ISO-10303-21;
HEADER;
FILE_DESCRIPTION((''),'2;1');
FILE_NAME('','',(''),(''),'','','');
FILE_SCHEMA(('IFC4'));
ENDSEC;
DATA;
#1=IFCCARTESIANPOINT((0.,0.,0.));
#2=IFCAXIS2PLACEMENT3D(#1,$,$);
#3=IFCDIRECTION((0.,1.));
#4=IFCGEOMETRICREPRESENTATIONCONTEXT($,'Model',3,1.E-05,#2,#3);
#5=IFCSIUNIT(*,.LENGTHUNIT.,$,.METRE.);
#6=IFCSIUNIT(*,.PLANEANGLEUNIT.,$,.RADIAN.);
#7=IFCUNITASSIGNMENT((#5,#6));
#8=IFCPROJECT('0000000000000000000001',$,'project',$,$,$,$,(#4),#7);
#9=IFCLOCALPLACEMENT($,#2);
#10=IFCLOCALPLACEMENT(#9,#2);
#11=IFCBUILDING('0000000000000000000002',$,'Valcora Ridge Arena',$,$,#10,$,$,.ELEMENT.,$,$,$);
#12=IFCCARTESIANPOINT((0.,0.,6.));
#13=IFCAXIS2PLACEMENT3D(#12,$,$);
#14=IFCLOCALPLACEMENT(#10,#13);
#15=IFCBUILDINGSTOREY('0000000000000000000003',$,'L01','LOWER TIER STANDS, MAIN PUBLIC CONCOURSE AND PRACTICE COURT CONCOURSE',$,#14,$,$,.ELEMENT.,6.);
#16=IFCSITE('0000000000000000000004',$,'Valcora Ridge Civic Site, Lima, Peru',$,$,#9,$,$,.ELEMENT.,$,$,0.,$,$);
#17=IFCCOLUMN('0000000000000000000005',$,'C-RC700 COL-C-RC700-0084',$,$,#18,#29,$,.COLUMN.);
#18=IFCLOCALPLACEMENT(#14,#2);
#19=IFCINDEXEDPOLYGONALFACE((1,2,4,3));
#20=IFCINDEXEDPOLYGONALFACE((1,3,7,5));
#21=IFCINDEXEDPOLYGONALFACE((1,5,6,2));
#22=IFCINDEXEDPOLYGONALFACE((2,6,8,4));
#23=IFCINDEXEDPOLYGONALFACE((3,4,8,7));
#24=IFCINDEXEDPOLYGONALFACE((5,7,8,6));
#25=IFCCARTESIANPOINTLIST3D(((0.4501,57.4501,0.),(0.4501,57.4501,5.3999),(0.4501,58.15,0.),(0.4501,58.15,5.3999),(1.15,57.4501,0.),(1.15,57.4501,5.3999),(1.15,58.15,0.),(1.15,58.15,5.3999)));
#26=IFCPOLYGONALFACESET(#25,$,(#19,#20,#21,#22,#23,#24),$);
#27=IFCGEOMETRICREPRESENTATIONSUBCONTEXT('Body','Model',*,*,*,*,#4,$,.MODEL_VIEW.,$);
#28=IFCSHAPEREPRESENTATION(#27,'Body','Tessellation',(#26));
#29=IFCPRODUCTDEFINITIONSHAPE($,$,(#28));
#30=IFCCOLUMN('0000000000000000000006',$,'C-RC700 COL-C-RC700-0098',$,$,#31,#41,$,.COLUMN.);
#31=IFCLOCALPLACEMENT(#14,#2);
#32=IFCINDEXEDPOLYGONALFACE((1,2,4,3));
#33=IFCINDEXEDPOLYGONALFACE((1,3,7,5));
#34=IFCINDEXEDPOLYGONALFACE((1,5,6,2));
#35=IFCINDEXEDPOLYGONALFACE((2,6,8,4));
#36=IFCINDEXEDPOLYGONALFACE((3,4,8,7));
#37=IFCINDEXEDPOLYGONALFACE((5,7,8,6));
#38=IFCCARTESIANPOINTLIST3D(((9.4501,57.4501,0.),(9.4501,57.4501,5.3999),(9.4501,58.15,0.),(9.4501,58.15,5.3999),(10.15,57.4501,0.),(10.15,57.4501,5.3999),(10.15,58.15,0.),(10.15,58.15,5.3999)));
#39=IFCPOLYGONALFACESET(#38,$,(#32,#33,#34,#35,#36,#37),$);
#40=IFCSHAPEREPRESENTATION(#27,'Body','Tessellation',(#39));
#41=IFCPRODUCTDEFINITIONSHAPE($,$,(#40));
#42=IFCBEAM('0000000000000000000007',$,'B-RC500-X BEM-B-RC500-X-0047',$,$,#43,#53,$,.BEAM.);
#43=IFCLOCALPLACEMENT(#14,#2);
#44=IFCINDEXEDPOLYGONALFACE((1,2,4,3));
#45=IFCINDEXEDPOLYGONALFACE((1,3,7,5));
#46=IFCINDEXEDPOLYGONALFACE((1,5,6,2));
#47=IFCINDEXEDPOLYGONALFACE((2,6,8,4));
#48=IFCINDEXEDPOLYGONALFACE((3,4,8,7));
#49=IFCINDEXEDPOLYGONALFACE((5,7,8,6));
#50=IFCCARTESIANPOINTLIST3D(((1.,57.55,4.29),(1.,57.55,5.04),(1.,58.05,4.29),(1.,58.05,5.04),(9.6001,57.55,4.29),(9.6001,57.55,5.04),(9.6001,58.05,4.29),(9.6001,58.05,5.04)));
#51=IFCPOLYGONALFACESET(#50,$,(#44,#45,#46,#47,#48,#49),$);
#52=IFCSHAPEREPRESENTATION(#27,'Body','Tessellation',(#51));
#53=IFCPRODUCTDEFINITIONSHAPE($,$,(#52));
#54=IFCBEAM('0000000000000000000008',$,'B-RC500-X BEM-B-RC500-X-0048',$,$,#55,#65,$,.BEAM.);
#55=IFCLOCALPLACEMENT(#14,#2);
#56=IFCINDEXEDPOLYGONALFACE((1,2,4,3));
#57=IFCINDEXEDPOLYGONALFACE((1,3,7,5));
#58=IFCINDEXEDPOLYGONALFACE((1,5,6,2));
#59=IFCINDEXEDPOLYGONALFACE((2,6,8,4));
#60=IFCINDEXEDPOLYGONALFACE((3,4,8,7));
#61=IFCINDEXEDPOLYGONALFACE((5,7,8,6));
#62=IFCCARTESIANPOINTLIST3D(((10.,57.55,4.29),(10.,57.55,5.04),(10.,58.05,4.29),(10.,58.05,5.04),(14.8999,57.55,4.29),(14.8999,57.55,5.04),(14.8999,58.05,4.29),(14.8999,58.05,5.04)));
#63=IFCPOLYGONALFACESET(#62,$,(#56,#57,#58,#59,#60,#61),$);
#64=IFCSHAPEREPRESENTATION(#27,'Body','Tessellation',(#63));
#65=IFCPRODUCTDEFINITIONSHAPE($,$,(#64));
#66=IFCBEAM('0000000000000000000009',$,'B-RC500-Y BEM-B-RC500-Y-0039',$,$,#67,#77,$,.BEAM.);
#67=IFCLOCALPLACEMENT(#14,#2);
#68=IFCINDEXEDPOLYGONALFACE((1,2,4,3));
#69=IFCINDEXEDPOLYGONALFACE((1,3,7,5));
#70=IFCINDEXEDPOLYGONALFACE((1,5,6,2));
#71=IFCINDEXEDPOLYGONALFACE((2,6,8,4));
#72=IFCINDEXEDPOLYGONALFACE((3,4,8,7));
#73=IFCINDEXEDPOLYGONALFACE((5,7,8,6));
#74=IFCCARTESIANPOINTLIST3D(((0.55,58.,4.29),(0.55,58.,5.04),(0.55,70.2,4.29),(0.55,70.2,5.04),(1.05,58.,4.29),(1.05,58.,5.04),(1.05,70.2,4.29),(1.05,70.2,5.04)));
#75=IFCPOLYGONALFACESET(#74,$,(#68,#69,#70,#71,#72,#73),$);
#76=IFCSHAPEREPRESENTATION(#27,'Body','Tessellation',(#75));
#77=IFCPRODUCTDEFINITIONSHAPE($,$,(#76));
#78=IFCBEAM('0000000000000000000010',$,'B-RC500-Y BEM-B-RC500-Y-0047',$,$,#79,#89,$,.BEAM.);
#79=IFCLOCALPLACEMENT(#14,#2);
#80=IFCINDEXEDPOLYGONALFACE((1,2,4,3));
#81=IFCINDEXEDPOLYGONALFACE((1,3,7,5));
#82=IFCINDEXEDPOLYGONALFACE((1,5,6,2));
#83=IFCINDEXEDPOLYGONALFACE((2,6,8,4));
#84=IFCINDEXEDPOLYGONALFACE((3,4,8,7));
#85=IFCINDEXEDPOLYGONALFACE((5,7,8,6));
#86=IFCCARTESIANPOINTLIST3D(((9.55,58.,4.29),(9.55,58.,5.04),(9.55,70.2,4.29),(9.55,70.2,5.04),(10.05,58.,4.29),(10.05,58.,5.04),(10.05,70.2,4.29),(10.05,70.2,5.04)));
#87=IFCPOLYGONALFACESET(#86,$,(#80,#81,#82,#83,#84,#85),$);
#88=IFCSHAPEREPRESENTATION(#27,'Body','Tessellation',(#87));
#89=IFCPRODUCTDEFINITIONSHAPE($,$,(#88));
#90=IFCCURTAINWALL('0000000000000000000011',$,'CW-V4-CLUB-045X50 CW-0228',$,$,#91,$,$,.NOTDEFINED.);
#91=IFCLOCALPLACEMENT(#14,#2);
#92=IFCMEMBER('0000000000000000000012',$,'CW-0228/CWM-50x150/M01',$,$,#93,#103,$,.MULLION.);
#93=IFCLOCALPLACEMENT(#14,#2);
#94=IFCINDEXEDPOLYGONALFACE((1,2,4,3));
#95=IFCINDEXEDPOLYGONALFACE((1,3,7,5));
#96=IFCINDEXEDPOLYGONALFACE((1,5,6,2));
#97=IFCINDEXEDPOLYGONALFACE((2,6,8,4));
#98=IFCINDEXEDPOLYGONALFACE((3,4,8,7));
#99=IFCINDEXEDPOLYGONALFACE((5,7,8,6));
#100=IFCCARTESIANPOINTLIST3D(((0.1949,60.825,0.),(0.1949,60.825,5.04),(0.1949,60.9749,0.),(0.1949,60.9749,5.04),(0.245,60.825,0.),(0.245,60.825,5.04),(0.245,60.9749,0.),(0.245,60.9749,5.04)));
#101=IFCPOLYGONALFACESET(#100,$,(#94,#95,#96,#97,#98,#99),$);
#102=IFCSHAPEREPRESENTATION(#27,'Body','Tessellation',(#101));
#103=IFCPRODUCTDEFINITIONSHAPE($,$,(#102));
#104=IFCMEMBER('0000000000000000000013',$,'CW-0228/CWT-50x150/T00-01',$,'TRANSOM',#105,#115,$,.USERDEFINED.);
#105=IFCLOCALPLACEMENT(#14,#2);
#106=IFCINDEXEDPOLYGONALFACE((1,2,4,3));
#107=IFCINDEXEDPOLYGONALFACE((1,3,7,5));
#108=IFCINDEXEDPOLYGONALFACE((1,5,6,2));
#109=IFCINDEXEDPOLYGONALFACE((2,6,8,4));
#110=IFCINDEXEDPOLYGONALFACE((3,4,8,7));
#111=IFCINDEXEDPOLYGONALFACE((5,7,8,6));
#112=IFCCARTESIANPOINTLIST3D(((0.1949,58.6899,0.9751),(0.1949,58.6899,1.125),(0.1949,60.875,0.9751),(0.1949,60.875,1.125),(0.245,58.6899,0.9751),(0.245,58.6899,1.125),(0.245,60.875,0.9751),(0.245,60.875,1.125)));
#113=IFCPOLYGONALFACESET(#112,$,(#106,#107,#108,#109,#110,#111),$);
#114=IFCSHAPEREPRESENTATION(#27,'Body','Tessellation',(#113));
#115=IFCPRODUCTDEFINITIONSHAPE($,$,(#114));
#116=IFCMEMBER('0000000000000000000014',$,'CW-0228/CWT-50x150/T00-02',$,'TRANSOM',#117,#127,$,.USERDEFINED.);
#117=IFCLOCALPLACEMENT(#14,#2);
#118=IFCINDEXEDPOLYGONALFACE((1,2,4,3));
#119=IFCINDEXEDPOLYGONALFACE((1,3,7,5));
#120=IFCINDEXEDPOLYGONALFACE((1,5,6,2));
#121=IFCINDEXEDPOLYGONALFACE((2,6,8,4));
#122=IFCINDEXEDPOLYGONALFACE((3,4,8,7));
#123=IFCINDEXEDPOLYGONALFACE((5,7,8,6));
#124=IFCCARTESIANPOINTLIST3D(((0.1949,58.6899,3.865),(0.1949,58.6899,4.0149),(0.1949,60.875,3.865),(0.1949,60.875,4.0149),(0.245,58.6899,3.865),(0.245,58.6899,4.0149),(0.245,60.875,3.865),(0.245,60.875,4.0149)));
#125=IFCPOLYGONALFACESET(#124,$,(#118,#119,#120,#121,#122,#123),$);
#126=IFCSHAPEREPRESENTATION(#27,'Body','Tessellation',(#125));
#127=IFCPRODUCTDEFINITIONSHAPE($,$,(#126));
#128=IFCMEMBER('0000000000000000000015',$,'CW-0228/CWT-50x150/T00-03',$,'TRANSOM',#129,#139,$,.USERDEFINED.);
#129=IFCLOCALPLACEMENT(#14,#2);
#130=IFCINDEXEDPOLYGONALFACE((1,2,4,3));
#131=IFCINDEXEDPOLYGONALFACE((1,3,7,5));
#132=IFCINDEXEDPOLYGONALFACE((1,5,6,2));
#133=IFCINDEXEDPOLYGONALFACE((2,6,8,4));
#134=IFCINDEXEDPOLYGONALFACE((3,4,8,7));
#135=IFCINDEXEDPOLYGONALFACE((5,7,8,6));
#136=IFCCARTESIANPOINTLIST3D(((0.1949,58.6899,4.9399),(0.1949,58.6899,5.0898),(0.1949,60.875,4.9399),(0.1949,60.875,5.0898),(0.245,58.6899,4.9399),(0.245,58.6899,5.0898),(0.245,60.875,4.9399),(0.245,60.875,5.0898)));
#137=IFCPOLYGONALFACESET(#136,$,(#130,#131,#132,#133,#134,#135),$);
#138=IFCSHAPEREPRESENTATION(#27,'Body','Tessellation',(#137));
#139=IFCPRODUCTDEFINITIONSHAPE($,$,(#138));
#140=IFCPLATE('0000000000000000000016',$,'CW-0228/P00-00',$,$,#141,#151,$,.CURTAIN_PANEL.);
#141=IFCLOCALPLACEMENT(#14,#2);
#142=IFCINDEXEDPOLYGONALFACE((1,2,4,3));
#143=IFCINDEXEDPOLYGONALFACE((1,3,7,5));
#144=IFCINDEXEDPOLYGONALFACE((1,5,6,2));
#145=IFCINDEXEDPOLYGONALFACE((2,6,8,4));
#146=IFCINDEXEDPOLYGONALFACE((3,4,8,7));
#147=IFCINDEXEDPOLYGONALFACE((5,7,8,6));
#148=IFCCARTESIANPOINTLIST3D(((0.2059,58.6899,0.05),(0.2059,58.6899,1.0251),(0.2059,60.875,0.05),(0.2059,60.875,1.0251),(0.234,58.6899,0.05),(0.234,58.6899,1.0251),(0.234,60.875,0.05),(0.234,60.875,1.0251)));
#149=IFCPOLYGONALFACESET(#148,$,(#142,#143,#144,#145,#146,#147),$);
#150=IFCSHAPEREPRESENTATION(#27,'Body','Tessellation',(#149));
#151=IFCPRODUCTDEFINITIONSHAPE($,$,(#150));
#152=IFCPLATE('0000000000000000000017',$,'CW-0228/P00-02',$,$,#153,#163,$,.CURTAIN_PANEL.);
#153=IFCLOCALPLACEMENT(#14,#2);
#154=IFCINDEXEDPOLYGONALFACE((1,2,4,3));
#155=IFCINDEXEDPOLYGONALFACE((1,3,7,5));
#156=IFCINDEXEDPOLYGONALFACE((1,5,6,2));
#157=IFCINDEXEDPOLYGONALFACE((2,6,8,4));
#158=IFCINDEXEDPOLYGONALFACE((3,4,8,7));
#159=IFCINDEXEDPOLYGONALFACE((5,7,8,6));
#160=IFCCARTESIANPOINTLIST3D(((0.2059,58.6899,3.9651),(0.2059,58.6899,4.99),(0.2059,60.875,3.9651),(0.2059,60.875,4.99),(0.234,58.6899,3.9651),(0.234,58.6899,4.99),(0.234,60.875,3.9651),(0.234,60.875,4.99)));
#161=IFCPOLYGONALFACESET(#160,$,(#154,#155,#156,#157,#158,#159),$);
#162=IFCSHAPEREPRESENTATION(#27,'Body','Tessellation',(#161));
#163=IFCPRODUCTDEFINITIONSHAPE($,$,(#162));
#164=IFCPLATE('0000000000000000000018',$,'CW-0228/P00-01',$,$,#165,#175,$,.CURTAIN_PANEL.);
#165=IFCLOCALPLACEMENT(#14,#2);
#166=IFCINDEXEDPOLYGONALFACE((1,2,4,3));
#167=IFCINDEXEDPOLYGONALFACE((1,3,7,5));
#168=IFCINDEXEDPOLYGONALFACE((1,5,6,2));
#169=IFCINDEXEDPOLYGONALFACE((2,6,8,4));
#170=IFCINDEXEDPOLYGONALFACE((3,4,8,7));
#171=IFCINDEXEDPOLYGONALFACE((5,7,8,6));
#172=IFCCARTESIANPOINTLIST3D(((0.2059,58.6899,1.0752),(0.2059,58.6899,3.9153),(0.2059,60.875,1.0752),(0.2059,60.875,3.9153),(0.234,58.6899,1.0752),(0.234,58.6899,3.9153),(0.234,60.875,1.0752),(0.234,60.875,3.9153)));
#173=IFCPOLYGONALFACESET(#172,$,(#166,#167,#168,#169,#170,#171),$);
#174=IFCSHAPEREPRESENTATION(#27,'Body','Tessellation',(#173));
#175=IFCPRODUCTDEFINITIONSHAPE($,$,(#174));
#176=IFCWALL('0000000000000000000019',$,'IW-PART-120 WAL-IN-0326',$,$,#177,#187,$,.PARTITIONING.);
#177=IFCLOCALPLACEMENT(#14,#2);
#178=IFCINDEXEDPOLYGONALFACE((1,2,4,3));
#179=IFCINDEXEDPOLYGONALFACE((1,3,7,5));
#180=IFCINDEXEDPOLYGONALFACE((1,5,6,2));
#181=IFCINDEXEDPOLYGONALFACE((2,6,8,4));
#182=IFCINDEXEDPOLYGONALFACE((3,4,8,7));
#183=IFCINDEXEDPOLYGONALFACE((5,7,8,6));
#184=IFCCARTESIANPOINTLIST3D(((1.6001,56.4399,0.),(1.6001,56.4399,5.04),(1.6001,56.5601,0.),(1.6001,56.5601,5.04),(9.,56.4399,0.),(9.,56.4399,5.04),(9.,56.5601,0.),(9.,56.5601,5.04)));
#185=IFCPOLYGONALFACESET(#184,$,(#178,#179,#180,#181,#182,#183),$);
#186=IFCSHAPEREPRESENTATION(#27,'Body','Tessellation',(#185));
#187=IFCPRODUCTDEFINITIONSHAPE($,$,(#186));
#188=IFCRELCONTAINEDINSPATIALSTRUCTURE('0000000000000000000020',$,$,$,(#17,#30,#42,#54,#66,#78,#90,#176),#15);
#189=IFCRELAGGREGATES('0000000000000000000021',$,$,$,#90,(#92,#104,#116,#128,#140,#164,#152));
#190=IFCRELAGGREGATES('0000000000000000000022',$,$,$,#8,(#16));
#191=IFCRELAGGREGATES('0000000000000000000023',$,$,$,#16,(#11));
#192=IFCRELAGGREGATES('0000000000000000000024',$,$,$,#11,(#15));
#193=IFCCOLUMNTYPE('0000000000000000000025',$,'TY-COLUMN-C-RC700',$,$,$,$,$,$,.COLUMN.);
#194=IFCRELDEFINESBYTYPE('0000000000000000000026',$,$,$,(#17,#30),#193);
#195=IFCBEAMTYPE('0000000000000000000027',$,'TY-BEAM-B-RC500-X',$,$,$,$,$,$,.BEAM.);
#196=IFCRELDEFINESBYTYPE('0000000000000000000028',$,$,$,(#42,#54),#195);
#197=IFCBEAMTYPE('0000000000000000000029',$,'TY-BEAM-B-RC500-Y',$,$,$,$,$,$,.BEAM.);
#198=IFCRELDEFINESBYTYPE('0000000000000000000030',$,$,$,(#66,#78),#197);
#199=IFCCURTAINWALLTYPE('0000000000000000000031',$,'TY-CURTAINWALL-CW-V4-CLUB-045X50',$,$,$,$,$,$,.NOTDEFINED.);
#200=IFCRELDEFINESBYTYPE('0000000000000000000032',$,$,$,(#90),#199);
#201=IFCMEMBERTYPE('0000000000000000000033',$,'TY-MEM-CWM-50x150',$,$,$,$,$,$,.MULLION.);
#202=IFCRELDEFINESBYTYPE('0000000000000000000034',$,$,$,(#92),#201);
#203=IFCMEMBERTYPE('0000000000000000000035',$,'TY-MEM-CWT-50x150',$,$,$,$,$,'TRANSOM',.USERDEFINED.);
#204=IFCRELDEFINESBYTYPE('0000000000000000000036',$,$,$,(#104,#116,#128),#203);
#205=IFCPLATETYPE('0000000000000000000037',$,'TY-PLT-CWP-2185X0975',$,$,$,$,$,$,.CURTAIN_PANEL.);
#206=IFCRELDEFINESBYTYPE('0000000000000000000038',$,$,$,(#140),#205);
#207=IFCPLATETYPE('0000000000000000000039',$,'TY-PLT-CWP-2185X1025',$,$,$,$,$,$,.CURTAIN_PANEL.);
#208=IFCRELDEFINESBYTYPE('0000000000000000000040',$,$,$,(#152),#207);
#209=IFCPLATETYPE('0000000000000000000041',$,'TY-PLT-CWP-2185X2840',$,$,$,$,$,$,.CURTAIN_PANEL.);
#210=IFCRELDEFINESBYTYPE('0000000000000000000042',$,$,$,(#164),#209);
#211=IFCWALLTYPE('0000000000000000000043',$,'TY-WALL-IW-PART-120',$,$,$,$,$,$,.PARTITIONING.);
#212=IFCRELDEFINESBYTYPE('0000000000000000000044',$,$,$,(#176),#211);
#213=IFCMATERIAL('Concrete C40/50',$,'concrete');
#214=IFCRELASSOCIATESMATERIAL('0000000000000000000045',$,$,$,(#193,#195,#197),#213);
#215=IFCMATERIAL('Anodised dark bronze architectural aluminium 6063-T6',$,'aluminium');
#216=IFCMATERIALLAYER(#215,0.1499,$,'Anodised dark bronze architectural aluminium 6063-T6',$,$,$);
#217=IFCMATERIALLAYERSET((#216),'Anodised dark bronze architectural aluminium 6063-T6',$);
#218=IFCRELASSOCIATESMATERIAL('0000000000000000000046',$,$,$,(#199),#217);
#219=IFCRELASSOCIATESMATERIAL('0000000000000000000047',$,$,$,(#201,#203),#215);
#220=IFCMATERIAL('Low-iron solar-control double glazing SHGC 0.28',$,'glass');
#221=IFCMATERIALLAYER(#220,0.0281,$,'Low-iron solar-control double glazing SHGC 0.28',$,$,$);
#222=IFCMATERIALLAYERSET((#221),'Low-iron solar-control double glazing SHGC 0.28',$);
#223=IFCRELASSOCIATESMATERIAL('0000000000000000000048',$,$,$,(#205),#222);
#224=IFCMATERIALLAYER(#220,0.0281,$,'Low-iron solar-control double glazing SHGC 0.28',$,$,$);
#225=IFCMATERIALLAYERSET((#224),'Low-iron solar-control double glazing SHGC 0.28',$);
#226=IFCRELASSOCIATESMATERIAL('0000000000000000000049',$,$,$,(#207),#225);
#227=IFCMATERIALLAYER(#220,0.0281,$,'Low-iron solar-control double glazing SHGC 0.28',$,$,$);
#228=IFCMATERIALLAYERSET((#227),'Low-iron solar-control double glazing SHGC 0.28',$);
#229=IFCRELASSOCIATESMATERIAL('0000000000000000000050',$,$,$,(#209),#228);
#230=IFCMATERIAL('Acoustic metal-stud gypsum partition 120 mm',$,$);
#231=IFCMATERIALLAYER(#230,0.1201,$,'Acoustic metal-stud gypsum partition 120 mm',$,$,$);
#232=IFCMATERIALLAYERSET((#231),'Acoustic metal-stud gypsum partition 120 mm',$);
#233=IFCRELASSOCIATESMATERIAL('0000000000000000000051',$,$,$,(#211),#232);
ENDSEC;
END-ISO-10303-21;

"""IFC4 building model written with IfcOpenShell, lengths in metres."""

from ifc_helpers import new_model, si_unit, direction, frame, frame_2d, origin, origin_2d, place, context, subcontext, project, spatial, rectangle, extrude, material, layer, layer_set, material_profile, profile_set, type_object, element, aggregate, save


model = new_model("IFC4")

# Units and contexts
model_context = context("Model", 3, precision=1e-05, world=origin(), true_north=direction((0.0, 1.0)))
body_context = subcontext(model_context, "Body", "Model", "MODEL_VIEW")
ifc_project = project(units=[si_unit("LENGTHUNIT", "METRE"), si_unit("PLANEANGLEUNIT", "RADIAN")], contexts=[model_context])

# Site, building, storey
site_placement = place(None, origin())
site = spatial("IfcSite", under=ifc_project, at=site_placement, Name="Valcora Ridge Civic Site, Lima, Peru", CompositionType="ELEMENT", RefElevation=0.0)
building_placement = place(site_placement, origin())
building = spatial("IfcBuilding", under=site, at=building_placement, Name="Valcora Ridge Arena", CompositionType="ELEMENT")
storey_placement = place(building_placement, frame((0.0, 0.0, 6.0)))
storey = spatial("IfcBuildingStorey", under=building, at=storey_placement, Name="L01", Description="LOWER TIER STANDS, MAIN PUBLIC CONCOURSE AND PRACTICE COURT CONCOURSE", CompositionType="ELEMENT", Elevation=6.0)

# Columns
ifc_material_1 = material(Name="Concrete C40/50", Category="concrete")
ifc_material_profile_1 = material_profile(ifc_material_1, rectangle(XDim=0.7, YDim=0.7, at=origin_2d()), Name="RC 700x700")
ifc_profile_set_1 = profile_set([ifc_material_profile_1], Name="Concrete C40/50")
column_type = type_object("IfcColumnType", Name="TY-COLUMN-C-RC700", PredefinedType="COLUMN", material=ifc_profile_set_1)
for number, where, z_axis, x_axis, name in (
    (1, (0.8, 57.8, 0.0), (0.0, 0.0, 1.0), (1.0, 0.0, 0.0), "C-RC700 COL-C-RC700-0084"),
    (2, (9.8, 57.8, 0.0), (0.0, 0.0, 1.0), (1.0, 0.0, 0.0), "C-RC700 COL-C-RC700-0098"),
):
    element("IfcColumn", number, at=place(storey_placement, frame(where, z_axis=z_axis, x_axis=x_axis)), inside=storey, type_object=column_type, Name=name, PredefinedType="COLUMN", context=body_context, shape_type="SweptSolid", body=[
        extrude(rectangle(XDim=0.7, YDim=0.7, at=origin_2d()), origin(), (0.0, 0.0, 1.0), 5.3999),
    ])

# Beams
ifc_material_profile_2 = material_profile(ifc_material_1, rectangle(XDim=0.5, YDim=0.75, at=origin_2d()), Name="RC 500x750")
ifc_profile_set_2 = profile_set([ifc_material_profile_2], Name="Concrete C40/50")
beam_type_1 = type_object("IfcBeamType", Name="TY-BEAM-B-RC500-X", PredefinedType="BEAM", material=ifc_profile_set_2)
beam_1_placement = place(storey_placement, frame((1.0, 57.8, 4.665), z_axis=(1.0, 0.0, 0.0), x_axis=(0.0, 1.0, 0.0)))
element("IfcBeam", 3, at=beam_1_placement, inside=storey, type_object=beam_type_1, Name="B-RC500-X BEM-B-RC500-X-0047", PredefinedType="BEAM", context=body_context, shape_type="SweptSolid", body=[
    extrude(rectangle(XDim=0.5, YDim=0.75, at=origin_2d()), origin(), (0.0, 0.0, 1.0), 8.6001),
])
beam_2_placement = place(storey_placement, frame((10.0, 57.8, 4.665), z_axis=(1.0, 0.0, 0.0), x_axis=(0.0, 1.0, 0.0)))
element("IfcBeam", 4, at=beam_2_placement, inside=storey, type_object=beam_type_1, Name="B-RC500-X BEM-B-RC500-X-0048", PredefinedType="BEAM", context=body_context, shape_type="SweptSolid", body=[
    extrude(rectangle(XDim=0.5, YDim=0.75, at=origin_2d()), origin(), (0.0, 0.0, 1.0), 4.8999),
])
ifc_material_profile_3 = material_profile(ifc_material_1, rectangle(XDim=0.5, YDim=0.75, at=origin_2d()), Name="RC 500x750")
ifc_profile_set_3 = profile_set([ifc_material_profile_3], Name="Concrete C40/50")
beam_type_2 = type_object("IfcBeamType", Name="TY-BEAM-B-RC500-Y", PredefinedType="BEAM", material=ifc_profile_set_3)
for number, where, z_axis, x_axis, name in (
    (5, (0.8, 58.0, 4.665), (0.0, 1.0, 0.0), (-1.0, 0.0, 0.0), "B-RC500-Y BEM-B-RC500-Y-0039"),
    (6, (9.8, 58.0, 4.665), (0.0, 1.0, 0.0), (-1.0, 0.0, 0.0), "B-RC500-Y BEM-B-RC500-Y-0047"),
):
    element("IfcBeam", number, at=place(storey_placement, frame(where, z_axis=z_axis, x_axis=x_axis)), inside=storey, type_object=beam_type_2, Name=name, PredefinedType="BEAM", context=body_context, shape_type="SweptSolid", body=[
        extrude(rectangle(XDim=0.5, YDim=0.75, at=origin_2d()), origin(), (0.0, 0.0, 1.0), 12.2),
    ])

# Curtain wall, members, plates
ifc_material_2 = material(Name="Anodised dark bronze architectural aluminium 6063-T6", Category="aluminium")
ifc_layer_1 = layer(ifc_material_2, 0.1499, Name="Anodised dark bronze architectural aluminium 6063-T6")
ifc_layer_set_1 = layer_set([ifc_layer_1], Name="Anodised dark bronze architectural aluminium 6063-T6")
curtain_wall_type = type_object("IfcCurtainWallType", Name="TY-CURTAINWALL-CW-V4-CLUB-045X50", PredefinedType="NOTDEFINED", material=ifc_layer_set_1)
curtain_wall_placement = place(storey_placement, origin())
curtain_wall = element("IfcCurtainWall", 7, at=curtain_wall_placement, inside=storey, type_object=curtain_wall_type, Name="CW-V4-CLUB-045X50 CW-0228", PredefinedType="NOTDEFINED")
ifc_material_profile_4 = material_profile(ifc_material_2, rectangle(XDim=0.05, YDim=0.1499, at=origin_2d()), Name="ALU MULLION 50x150")
ifc_profile_set_4 = profile_set([ifc_material_profile_4], Name="Anodised dark bronze architectural aluminium 6063-T6")
member_type_1 = type_object("IfcMemberType", Name="TY-MEM-CWM-50x150", PredefinedType="MULLION", material=ifc_profile_set_4)
member_1_placement = place(storey_placement, frame((0.22, 60.8999, 0.0), z_axis=(0.0, 0.0, 1.0), x_axis=(-1.0, 0.0, 0.0)))
member_1 = element("IfcMember", 8, at=member_1_placement, type_object=member_type_1, Name="CW-0228/CWM-50x150/M01", PredefinedType="MULLION", context=body_context, shape_type="SweptSolid", body=[
    extrude(rectangle(XDim=0.05, YDim=0.1499, at=origin_2d()), origin(), (0.0, 0.0, 1.0), 5.04),
])
ifc_material_profile_5 = material_profile(ifc_material_2, rectangle(XDim=0.05, YDim=0.1499, at=origin_2d()), Name="ALU TRANSOM 50x150")
ifc_profile_set_5 = profile_set([ifc_material_profile_5], Name="Anodised dark bronze architectural aluminium 6063-T6")
member_type_2 = type_object("IfcMemberType", Name="TY-MEM-CWT-50x150", ElementType="TRANSOM", PredefinedType="USERDEFINED", material=ifc_profile_set_5)
member_2_placement = place(storey_placement, frame((0.22, 58.6899, 1.05), z_axis=(0.0, 1.0, 0.0), x_axis=(-1.0, 0.0, 0.0)))
member_2 = element("IfcMember", 9, at=member_2_placement, type_object=member_type_2, Name="CW-0228/CWT-50x150/T00-01", ObjectType="TRANSOM", PredefinedType="USERDEFINED", context=body_context, shape_type="SweptSolid", body=[
    extrude(rectangle(XDim=0.05, YDim=0.1499, at=origin_2d()), origin(), (0.0, 0.0, 1.0), 2.1851),
])
member_3_placement = place(storey_placement, frame((0.22, 58.6899, 3.9399), z_axis=(0.0, 1.0, 0.0), x_axis=(-1.0, 0.0, 0.0)))
member_3 = element("IfcMember", 10, at=member_3_placement, type_object=member_type_2, Name="CW-0228/CWT-50x150/T00-02", ObjectType="TRANSOM", PredefinedType="USERDEFINED", context=body_context, shape_type="SweptSolid", body=[
    extrude(rectangle(XDim=0.05, YDim=0.1499, at=origin_2d()), origin(), (0.0, 0.0, 1.0), 2.1851),
])
member_4_placement = place(storey_placement, frame((0.22, 58.6899, 5.0149), z_axis=(0.0, 1.0, 0.0), x_axis=(-1.0, 0.0, 0.0)))
member_4 = element("IfcMember", 11, at=member_4_placement, type_object=member_type_2, Name="CW-0228/CWT-50x150/T00-03", ObjectType="TRANSOM", PredefinedType="USERDEFINED", context=body_context, shape_type="SweptSolid", body=[
    extrude(rectangle(XDim=0.05, YDim=0.1499, at=origin_2d()), origin(), (0.0, 0.0, 1.0), 2.1851),
])
ifc_material_3 = material(Name="Low-iron solar-control double glazing SHGC 0.28", Category="glass")
ifc_layer_2 = layer(ifc_material_3, 0.0281, Name="Low-iron solar-control double glazing SHGC 0.28")
ifc_layer_set_2 = layer_set([ifc_layer_2], Name="Low-iron solar-control double glazing SHGC 0.28")
plate_type_1 = type_object("IfcPlateType", Name="TY-PLT-CWP-2185X0975", PredefinedType="CURTAIN_PANEL", material=ifc_layer_set_2)
plate_1_placement = place(storey_placement, frame((0.22, 59.7825, 0.05), z_axis=(0.0, 0.0, 1.0), x_axis=(0.0, 1.0, 0.0)))
plate_1 = element("IfcPlate", 12, at=plate_1_placement, type_object=plate_type_1, Name="CW-0228/P00-00", PredefinedType="CURTAIN_PANEL", context=body_context, shape_type="SweptSolid", body=[
    extrude(rectangle(XDim=2.1851, YDim=0.0281, at=origin_2d()), origin(), (0.0, 0.0, 1.0), 0.9751),
])
ifc_layer_3 = layer(ifc_material_3, 0.0281, Name="Low-iron solar-control double glazing SHGC 0.28")
ifc_layer_set_3 = layer_set([ifc_layer_3], Name="Low-iron solar-control double glazing SHGC 0.28")
plate_type_2 = type_object("IfcPlateType", Name="TY-PLT-CWP-2185X1025", PredefinedType="CURTAIN_PANEL", material=ifc_layer_set_3)
plate_2_placement = place(storey_placement, frame((0.22, 59.7825, 3.9651), z_axis=(0.0, 0.0, 1.0), x_axis=(0.0, 1.0, 0.0)))
plate_2 = element("IfcPlate", 13, at=plate_2_placement, type_object=plate_type_2, Name="CW-0228/P00-02", PredefinedType="CURTAIN_PANEL", context=body_context, shape_type="SweptSolid", body=[
    extrude(rectangle(XDim=2.1851, YDim=0.0281, at=origin_2d()), origin(), (0.0, 0.0, 1.0), 1.0249),
])
ifc_layer_4 = layer(ifc_material_3, 0.0281, Name="Low-iron solar-control double glazing SHGC 0.28")
ifc_layer_set_4 = layer_set([ifc_layer_4], Name="Low-iron solar-control double glazing SHGC 0.28")
plate_type_3 = type_object("IfcPlateType", Name="TY-PLT-CWP-2185X2840", PredefinedType="CURTAIN_PANEL", material=ifc_layer_set_4)
plate_3_placement = place(storey_placement, frame((0.22, 59.7825, 1.0752), z_axis=(0.0, 0.0, 1.0), x_axis=(0.0, 1.0, 0.0)))
plate_3 = element("IfcPlate", 14, at=plate_3_placement, type_object=plate_type_3, Name="CW-0228/P00-01", PredefinedType="CURTAIN_PANEL", context=body_context, shape_type="SweptSolid", body=[
    extrude(rectangle(XDim=2.1851, YDim=0.0281, at=origin_2d()), origin(), (0.0, 0.0, 1.0), 2.8401),
])
aggregate(curtain_wall, [member_1, member_2, member_3, member_4, plate_1, plate_3, plate_2])

# Wall
ifc_material_4 = material(Name="Acoustic metal-stud gypsum partition 120 mm")
ifc_layer_5 = layer(ifc_material_4, 0.1201, Name="Acoustic metal-stud gypsum partition 120 mm")
ifc_layer_set_5 = layer_set([ifc_layer_5], Name="Acoustic metal-stud gypsum partition 120 mm")
wall_type_1 = type_object("IfcWallType", Name="TY-WALL-IW-PART-120", PredefinedType="PARTITIONING", material=ifc_layer_set_5)
wall_1_placement = place(storey_placement, frame((1.6001, 56.5, 0.0), z_axis=(0.0, 0.0, 1.0), x_axis=(1.0, 0.0, 0.0)))
element("IfcWall", 15, at=wall_1_placement, inside=storey, type_object=wall_type_1, Name="IW-PART-120 WAL-IN-0326", PredefinedType="PARTITIONING", context=body_context, shape_type="SweptSolid", body=[
    extrude(rectangle(XDim=7.3999, YDim=0.1201, at=frame_2d((3.7, 0.0))), origin(), (0.0, 0.0, 1.0), 5.04),
])

save(model, "model.ifc")
